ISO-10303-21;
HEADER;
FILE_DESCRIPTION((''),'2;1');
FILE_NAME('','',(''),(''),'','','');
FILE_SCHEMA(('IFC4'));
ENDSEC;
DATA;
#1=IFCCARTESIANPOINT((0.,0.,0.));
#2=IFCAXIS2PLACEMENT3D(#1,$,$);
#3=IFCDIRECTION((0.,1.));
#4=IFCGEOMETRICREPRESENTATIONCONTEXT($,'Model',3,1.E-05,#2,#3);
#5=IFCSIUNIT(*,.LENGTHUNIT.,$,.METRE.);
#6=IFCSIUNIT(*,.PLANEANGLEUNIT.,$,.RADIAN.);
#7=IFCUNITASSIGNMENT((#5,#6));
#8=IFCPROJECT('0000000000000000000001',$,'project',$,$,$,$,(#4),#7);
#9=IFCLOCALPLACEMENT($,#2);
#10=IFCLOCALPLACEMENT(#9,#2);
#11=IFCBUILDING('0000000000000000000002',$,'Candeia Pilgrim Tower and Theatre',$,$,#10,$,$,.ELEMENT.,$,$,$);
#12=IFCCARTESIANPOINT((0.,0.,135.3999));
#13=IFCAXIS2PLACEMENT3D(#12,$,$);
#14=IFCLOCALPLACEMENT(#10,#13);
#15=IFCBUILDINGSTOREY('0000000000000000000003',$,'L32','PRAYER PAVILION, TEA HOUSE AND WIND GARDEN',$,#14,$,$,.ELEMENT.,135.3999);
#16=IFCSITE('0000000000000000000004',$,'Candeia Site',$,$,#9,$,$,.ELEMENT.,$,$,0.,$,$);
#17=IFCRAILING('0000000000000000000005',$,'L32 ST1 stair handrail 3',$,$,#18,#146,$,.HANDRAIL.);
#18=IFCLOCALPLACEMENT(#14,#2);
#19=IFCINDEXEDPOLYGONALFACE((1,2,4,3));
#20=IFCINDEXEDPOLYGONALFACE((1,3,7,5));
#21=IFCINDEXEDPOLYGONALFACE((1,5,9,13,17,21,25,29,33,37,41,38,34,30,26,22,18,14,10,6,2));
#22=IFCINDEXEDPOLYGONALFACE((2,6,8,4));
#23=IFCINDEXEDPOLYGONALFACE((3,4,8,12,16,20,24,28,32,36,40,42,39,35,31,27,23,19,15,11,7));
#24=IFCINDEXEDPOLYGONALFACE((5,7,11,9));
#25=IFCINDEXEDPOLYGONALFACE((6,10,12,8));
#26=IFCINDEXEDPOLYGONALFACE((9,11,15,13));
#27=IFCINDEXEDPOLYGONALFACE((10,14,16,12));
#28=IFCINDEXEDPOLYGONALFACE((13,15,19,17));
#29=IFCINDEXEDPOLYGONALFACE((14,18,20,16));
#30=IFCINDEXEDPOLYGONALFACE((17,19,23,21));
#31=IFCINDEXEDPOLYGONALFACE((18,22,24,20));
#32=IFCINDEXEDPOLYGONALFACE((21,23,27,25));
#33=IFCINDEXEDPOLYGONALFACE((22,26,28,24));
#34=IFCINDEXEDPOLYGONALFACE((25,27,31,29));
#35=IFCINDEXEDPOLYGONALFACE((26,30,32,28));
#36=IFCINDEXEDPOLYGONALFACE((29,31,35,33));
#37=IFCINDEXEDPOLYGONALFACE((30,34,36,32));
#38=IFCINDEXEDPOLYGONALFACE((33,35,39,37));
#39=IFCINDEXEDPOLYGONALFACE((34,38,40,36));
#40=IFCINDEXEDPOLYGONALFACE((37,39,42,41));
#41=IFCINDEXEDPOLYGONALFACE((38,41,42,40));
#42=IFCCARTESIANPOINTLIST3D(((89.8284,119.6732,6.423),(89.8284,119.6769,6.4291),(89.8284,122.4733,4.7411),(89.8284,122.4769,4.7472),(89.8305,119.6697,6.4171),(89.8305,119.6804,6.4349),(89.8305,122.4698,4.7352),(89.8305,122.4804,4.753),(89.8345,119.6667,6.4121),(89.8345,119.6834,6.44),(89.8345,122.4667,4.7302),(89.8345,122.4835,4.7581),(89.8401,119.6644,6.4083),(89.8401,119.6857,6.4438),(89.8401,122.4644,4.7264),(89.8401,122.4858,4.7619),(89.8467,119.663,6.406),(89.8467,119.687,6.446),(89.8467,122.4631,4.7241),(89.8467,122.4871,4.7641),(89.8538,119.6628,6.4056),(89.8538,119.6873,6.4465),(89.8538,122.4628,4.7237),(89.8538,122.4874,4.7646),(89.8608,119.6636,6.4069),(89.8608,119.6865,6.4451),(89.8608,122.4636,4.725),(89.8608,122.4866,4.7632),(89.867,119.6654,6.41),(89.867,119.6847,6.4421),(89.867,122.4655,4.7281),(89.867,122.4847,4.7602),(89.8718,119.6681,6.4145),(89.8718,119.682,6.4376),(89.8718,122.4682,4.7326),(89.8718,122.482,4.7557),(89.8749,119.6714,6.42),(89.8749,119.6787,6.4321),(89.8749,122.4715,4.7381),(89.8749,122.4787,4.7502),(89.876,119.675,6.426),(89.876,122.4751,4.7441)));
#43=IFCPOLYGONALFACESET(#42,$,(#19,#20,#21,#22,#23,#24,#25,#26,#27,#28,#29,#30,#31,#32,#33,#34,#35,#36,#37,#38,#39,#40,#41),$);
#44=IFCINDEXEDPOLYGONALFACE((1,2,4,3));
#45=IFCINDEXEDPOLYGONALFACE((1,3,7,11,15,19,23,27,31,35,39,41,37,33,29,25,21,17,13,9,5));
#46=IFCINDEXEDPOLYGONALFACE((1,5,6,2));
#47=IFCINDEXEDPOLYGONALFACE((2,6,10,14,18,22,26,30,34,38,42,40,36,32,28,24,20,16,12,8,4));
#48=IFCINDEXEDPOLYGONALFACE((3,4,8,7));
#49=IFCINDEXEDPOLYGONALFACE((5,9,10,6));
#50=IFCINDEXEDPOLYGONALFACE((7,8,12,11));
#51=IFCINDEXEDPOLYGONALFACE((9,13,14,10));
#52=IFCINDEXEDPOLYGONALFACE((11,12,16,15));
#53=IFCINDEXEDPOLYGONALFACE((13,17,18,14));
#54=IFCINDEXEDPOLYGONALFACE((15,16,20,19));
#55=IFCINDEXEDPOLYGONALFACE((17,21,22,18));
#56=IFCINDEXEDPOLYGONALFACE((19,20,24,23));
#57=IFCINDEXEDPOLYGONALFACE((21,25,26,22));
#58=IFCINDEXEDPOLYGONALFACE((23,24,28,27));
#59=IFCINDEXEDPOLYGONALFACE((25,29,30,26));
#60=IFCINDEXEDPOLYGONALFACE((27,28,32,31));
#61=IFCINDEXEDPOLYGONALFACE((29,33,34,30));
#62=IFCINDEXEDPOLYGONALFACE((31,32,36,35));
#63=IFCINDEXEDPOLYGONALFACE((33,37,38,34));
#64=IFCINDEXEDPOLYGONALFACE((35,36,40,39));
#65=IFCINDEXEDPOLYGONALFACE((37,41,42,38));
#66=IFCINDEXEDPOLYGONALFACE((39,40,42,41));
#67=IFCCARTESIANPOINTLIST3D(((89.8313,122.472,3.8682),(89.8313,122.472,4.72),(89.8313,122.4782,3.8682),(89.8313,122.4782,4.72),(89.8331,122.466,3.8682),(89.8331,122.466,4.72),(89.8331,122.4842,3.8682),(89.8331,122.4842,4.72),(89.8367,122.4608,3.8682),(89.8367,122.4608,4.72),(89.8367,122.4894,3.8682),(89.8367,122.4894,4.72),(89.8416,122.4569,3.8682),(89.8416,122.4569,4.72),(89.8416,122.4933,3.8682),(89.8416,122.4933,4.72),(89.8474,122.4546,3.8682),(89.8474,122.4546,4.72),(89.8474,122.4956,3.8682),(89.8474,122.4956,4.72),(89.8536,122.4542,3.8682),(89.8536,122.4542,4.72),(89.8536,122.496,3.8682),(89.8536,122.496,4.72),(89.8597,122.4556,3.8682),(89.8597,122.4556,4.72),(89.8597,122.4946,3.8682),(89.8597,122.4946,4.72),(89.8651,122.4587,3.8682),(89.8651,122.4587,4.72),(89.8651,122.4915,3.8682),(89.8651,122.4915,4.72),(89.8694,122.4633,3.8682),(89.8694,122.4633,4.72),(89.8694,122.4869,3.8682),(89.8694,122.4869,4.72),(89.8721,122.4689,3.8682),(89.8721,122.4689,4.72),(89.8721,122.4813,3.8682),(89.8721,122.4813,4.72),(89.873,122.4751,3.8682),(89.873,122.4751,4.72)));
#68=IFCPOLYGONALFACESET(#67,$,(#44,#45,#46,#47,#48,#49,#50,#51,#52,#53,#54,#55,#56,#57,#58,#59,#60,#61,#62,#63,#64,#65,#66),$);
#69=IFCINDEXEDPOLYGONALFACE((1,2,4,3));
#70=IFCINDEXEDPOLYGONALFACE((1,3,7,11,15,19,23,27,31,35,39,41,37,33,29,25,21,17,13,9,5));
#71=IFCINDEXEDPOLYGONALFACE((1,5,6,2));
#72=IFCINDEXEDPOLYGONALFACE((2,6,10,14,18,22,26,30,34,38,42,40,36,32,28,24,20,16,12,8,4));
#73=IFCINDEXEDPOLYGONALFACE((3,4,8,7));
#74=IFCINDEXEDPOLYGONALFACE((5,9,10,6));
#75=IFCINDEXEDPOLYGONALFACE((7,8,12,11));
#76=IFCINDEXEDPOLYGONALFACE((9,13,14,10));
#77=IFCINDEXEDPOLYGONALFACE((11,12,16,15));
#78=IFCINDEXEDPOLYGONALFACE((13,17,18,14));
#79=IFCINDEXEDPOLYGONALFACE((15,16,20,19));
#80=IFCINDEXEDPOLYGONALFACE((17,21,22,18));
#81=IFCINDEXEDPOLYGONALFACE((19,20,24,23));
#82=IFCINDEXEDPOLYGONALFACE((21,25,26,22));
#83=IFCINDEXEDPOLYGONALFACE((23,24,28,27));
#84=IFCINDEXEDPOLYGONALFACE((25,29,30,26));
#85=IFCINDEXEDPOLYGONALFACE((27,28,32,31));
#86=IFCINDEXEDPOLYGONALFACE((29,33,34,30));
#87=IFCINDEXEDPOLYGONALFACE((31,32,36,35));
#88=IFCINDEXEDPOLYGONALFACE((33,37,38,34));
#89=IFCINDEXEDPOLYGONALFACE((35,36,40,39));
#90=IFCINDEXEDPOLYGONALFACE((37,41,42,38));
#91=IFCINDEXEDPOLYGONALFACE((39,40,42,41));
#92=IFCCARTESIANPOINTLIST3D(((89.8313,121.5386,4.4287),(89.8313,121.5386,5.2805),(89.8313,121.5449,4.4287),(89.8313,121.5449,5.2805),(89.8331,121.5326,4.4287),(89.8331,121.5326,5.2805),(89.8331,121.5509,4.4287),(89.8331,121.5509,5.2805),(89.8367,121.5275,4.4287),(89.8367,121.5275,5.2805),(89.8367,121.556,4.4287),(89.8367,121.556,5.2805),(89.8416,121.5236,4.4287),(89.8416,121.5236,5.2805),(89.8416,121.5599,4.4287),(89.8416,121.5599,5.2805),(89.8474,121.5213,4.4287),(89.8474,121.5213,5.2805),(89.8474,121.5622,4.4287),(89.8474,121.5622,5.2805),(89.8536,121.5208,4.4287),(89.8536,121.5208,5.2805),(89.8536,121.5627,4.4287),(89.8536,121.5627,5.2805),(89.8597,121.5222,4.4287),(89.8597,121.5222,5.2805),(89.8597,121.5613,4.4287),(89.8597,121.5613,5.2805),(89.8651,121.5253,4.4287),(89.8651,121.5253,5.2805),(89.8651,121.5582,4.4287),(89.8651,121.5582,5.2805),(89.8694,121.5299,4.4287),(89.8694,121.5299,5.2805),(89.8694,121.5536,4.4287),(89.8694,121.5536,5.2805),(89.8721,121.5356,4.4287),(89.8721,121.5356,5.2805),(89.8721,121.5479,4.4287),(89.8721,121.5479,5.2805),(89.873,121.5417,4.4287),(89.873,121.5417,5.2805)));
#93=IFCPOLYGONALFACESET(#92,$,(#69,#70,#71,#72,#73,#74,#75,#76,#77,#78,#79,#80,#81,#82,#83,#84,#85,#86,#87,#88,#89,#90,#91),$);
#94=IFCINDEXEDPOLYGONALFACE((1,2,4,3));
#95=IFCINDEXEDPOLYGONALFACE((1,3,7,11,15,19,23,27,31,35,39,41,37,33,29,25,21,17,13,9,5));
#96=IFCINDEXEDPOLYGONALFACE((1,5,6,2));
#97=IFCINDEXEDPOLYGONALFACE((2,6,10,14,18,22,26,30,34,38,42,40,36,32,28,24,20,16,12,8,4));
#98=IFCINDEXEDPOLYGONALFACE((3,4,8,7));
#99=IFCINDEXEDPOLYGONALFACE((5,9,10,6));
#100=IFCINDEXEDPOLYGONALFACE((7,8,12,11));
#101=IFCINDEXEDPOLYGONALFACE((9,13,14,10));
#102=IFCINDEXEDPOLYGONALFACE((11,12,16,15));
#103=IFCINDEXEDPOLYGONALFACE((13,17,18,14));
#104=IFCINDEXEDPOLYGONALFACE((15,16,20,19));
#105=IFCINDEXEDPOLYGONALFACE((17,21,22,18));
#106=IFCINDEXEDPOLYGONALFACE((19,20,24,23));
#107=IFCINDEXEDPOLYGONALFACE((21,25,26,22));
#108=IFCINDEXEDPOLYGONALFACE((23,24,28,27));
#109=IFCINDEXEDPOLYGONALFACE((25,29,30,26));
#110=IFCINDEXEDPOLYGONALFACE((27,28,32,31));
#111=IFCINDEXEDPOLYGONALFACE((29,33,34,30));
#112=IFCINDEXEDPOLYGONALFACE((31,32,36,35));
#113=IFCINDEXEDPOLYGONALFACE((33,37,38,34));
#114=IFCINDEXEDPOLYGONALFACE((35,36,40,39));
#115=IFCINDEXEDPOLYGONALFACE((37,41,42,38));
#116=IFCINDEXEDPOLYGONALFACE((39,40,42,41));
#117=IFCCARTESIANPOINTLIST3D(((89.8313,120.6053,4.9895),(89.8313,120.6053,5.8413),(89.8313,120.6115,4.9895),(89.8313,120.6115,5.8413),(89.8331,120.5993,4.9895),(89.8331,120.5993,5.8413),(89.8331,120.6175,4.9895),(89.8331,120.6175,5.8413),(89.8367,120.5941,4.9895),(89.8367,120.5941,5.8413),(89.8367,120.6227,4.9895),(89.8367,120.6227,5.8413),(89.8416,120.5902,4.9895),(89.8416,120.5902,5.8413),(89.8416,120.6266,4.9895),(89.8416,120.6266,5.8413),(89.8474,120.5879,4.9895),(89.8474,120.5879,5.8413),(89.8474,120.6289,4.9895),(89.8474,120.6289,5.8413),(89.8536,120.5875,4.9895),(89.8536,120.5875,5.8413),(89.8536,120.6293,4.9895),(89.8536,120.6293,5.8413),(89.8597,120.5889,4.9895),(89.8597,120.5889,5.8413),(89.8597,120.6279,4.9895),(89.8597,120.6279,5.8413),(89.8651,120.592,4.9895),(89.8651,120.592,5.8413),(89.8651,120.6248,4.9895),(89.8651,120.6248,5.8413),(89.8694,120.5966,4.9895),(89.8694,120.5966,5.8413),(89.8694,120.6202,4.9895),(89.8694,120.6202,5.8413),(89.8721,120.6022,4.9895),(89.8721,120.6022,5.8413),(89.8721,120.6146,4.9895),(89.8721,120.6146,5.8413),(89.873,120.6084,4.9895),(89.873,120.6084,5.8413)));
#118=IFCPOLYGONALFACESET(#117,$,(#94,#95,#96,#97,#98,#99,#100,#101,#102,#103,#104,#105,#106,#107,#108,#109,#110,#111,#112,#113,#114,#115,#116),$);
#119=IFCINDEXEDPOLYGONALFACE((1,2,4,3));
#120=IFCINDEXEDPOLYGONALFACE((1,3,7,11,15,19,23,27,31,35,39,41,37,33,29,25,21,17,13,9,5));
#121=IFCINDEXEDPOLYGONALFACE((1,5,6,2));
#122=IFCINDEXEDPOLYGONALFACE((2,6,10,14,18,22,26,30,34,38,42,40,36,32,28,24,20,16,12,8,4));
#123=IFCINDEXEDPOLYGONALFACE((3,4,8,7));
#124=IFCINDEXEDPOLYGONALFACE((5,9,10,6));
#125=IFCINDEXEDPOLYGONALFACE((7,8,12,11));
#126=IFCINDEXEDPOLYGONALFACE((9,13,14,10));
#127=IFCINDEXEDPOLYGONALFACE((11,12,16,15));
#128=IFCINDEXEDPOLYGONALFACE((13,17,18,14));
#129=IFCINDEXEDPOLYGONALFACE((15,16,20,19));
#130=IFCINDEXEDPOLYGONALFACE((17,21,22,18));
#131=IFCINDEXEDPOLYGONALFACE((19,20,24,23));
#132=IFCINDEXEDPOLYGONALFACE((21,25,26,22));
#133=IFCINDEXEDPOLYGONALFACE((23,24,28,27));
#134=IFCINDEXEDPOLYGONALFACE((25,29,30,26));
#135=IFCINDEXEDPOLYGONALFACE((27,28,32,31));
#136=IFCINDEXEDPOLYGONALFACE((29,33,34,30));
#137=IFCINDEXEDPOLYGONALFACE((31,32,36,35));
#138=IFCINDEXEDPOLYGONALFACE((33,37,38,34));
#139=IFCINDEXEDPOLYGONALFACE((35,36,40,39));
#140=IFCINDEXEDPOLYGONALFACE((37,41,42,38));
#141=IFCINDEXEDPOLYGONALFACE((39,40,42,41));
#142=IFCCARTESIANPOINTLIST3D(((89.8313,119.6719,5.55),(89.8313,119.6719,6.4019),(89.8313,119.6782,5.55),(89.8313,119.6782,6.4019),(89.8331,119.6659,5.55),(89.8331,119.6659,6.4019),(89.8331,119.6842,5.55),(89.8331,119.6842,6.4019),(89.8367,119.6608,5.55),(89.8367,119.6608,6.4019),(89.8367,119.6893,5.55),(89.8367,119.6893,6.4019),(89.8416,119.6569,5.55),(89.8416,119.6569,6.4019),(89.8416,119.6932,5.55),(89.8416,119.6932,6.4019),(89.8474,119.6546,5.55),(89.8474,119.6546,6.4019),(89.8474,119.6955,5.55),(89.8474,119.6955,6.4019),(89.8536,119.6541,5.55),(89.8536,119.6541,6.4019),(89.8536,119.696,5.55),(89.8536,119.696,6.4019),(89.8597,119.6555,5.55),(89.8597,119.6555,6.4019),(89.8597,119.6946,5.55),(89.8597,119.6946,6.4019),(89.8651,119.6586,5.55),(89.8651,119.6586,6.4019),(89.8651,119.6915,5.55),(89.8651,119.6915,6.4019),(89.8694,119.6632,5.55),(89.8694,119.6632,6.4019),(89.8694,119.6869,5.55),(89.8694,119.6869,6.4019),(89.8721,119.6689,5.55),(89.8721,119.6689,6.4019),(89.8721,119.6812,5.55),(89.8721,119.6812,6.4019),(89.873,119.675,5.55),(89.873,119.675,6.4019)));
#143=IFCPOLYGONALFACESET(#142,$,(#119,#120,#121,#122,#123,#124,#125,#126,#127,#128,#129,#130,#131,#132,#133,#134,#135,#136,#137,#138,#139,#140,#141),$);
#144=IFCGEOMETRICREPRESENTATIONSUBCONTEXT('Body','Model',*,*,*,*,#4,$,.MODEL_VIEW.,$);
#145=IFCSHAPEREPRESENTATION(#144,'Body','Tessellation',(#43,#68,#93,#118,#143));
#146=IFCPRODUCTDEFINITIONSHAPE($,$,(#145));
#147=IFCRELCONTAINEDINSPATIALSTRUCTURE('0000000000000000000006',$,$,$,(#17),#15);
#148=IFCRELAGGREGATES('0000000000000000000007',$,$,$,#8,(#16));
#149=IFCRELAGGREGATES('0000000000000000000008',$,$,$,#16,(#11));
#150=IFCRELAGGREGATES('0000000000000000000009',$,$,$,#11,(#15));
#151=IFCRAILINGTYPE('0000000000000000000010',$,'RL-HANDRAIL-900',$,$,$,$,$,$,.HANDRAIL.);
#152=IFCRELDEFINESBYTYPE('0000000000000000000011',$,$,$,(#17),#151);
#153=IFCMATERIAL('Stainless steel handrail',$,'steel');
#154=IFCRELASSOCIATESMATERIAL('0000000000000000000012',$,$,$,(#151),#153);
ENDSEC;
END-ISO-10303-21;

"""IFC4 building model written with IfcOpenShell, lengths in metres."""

from ifc_helpers import new_model, si_unit, direction, frame, origin, origin_2d, place, context, subcontext, project, spatial, circle, extrude, material, type_object, element, save


model = new_model("IFC4")

# Units and contexts
model_context = context("Model", 3, precision=1e-05, world=origin(), true_north=direction((0.0, 1.0)))
body_context = subcontext(model_context, "Body", "Model", "MODEL_VIEW")
ifc_project = project(units=[si_unit("LENGTHUNIT", "METRE"), si_unit("PLANEANGLEUNIT", "RADIAN")], contexts=[model_context])

# Site, building, storey
site_placement = place(None, origin())
site = spatial("IfcSite", under=ifc_project, at=site_placement, Name="Candeia Site", CompositionType="ELEMENT", RefElevation=0.0)
building_placement = place(site_placement, origin())
building = spatial("IfcBuilding", under=site, at=building_placement, Name="Candeia Pilgrim Tower and Theatre", CompositionType="ELEMENT")
storey_placement = place(building_placement, frame((0.0, 0.0, 135.3999)))
storey = spatial("IfcBuildingStorey", under=building, at=storey_placement, Name="L32", Description="PRAYER PAVILION, TEA HOUSE AND WIND GARDEN", CompositionType="ELEMENT", Elevation=135.3999)

# Railing
ifc_material_1 = material(Name="Stainless steel handrail", Category="steel")
railing_type_1 = type_object("IfcRailingType", Name="RL-HANDRAIL-900", PredefinedType="HANDRAIL", material=ifc_material_1)
for number, where, name in (
    (1, (89.8521, 122.4751, 3.8682), "L32 ST1 stair handrail 3"),
):
    element("IfcRailing", number, at=place(storey_placement, frame(where)), inside=storey, type_object=railing_type_1, Name=name, PredefinedType="HANDRAIL", context=body_context, shape_type="SweptSolid", body=[
        extrude(circle(Radius=0.0239, at=origin_2d()), frame((0.0, 0.0, 0.876), z_axis=(0.0, -0.857242, 0.514913), x_axis=(1.0, 0.0, 0.0)), (0.0, 0.0, 1.0), 3.2664),
        extrude(circle(Radius=0.021, at=origin_2d()), origin(), (0.0, 0.0, 1.0), 0.8518),
        extrude(circle(Radius=0.021, at=origin_2d()), frame((0.0, -0.9333, 0.5605)), (0.0, 0.0, 1.0), 0.8518),
        extrude(circle(Radius=0.021, at=origin_2d()), frame((0.0, -1.8667, 1.1213)), (0.0, 0.0, 1.0), 0.8518),
        extrude(circle(Radius=0.021, at=origin_2d()), frame((0.0, -2.8, 1.6819)), (0.0, 0.0, 1.0), 0.8518),
    ])

save(model, "model.ifc")
